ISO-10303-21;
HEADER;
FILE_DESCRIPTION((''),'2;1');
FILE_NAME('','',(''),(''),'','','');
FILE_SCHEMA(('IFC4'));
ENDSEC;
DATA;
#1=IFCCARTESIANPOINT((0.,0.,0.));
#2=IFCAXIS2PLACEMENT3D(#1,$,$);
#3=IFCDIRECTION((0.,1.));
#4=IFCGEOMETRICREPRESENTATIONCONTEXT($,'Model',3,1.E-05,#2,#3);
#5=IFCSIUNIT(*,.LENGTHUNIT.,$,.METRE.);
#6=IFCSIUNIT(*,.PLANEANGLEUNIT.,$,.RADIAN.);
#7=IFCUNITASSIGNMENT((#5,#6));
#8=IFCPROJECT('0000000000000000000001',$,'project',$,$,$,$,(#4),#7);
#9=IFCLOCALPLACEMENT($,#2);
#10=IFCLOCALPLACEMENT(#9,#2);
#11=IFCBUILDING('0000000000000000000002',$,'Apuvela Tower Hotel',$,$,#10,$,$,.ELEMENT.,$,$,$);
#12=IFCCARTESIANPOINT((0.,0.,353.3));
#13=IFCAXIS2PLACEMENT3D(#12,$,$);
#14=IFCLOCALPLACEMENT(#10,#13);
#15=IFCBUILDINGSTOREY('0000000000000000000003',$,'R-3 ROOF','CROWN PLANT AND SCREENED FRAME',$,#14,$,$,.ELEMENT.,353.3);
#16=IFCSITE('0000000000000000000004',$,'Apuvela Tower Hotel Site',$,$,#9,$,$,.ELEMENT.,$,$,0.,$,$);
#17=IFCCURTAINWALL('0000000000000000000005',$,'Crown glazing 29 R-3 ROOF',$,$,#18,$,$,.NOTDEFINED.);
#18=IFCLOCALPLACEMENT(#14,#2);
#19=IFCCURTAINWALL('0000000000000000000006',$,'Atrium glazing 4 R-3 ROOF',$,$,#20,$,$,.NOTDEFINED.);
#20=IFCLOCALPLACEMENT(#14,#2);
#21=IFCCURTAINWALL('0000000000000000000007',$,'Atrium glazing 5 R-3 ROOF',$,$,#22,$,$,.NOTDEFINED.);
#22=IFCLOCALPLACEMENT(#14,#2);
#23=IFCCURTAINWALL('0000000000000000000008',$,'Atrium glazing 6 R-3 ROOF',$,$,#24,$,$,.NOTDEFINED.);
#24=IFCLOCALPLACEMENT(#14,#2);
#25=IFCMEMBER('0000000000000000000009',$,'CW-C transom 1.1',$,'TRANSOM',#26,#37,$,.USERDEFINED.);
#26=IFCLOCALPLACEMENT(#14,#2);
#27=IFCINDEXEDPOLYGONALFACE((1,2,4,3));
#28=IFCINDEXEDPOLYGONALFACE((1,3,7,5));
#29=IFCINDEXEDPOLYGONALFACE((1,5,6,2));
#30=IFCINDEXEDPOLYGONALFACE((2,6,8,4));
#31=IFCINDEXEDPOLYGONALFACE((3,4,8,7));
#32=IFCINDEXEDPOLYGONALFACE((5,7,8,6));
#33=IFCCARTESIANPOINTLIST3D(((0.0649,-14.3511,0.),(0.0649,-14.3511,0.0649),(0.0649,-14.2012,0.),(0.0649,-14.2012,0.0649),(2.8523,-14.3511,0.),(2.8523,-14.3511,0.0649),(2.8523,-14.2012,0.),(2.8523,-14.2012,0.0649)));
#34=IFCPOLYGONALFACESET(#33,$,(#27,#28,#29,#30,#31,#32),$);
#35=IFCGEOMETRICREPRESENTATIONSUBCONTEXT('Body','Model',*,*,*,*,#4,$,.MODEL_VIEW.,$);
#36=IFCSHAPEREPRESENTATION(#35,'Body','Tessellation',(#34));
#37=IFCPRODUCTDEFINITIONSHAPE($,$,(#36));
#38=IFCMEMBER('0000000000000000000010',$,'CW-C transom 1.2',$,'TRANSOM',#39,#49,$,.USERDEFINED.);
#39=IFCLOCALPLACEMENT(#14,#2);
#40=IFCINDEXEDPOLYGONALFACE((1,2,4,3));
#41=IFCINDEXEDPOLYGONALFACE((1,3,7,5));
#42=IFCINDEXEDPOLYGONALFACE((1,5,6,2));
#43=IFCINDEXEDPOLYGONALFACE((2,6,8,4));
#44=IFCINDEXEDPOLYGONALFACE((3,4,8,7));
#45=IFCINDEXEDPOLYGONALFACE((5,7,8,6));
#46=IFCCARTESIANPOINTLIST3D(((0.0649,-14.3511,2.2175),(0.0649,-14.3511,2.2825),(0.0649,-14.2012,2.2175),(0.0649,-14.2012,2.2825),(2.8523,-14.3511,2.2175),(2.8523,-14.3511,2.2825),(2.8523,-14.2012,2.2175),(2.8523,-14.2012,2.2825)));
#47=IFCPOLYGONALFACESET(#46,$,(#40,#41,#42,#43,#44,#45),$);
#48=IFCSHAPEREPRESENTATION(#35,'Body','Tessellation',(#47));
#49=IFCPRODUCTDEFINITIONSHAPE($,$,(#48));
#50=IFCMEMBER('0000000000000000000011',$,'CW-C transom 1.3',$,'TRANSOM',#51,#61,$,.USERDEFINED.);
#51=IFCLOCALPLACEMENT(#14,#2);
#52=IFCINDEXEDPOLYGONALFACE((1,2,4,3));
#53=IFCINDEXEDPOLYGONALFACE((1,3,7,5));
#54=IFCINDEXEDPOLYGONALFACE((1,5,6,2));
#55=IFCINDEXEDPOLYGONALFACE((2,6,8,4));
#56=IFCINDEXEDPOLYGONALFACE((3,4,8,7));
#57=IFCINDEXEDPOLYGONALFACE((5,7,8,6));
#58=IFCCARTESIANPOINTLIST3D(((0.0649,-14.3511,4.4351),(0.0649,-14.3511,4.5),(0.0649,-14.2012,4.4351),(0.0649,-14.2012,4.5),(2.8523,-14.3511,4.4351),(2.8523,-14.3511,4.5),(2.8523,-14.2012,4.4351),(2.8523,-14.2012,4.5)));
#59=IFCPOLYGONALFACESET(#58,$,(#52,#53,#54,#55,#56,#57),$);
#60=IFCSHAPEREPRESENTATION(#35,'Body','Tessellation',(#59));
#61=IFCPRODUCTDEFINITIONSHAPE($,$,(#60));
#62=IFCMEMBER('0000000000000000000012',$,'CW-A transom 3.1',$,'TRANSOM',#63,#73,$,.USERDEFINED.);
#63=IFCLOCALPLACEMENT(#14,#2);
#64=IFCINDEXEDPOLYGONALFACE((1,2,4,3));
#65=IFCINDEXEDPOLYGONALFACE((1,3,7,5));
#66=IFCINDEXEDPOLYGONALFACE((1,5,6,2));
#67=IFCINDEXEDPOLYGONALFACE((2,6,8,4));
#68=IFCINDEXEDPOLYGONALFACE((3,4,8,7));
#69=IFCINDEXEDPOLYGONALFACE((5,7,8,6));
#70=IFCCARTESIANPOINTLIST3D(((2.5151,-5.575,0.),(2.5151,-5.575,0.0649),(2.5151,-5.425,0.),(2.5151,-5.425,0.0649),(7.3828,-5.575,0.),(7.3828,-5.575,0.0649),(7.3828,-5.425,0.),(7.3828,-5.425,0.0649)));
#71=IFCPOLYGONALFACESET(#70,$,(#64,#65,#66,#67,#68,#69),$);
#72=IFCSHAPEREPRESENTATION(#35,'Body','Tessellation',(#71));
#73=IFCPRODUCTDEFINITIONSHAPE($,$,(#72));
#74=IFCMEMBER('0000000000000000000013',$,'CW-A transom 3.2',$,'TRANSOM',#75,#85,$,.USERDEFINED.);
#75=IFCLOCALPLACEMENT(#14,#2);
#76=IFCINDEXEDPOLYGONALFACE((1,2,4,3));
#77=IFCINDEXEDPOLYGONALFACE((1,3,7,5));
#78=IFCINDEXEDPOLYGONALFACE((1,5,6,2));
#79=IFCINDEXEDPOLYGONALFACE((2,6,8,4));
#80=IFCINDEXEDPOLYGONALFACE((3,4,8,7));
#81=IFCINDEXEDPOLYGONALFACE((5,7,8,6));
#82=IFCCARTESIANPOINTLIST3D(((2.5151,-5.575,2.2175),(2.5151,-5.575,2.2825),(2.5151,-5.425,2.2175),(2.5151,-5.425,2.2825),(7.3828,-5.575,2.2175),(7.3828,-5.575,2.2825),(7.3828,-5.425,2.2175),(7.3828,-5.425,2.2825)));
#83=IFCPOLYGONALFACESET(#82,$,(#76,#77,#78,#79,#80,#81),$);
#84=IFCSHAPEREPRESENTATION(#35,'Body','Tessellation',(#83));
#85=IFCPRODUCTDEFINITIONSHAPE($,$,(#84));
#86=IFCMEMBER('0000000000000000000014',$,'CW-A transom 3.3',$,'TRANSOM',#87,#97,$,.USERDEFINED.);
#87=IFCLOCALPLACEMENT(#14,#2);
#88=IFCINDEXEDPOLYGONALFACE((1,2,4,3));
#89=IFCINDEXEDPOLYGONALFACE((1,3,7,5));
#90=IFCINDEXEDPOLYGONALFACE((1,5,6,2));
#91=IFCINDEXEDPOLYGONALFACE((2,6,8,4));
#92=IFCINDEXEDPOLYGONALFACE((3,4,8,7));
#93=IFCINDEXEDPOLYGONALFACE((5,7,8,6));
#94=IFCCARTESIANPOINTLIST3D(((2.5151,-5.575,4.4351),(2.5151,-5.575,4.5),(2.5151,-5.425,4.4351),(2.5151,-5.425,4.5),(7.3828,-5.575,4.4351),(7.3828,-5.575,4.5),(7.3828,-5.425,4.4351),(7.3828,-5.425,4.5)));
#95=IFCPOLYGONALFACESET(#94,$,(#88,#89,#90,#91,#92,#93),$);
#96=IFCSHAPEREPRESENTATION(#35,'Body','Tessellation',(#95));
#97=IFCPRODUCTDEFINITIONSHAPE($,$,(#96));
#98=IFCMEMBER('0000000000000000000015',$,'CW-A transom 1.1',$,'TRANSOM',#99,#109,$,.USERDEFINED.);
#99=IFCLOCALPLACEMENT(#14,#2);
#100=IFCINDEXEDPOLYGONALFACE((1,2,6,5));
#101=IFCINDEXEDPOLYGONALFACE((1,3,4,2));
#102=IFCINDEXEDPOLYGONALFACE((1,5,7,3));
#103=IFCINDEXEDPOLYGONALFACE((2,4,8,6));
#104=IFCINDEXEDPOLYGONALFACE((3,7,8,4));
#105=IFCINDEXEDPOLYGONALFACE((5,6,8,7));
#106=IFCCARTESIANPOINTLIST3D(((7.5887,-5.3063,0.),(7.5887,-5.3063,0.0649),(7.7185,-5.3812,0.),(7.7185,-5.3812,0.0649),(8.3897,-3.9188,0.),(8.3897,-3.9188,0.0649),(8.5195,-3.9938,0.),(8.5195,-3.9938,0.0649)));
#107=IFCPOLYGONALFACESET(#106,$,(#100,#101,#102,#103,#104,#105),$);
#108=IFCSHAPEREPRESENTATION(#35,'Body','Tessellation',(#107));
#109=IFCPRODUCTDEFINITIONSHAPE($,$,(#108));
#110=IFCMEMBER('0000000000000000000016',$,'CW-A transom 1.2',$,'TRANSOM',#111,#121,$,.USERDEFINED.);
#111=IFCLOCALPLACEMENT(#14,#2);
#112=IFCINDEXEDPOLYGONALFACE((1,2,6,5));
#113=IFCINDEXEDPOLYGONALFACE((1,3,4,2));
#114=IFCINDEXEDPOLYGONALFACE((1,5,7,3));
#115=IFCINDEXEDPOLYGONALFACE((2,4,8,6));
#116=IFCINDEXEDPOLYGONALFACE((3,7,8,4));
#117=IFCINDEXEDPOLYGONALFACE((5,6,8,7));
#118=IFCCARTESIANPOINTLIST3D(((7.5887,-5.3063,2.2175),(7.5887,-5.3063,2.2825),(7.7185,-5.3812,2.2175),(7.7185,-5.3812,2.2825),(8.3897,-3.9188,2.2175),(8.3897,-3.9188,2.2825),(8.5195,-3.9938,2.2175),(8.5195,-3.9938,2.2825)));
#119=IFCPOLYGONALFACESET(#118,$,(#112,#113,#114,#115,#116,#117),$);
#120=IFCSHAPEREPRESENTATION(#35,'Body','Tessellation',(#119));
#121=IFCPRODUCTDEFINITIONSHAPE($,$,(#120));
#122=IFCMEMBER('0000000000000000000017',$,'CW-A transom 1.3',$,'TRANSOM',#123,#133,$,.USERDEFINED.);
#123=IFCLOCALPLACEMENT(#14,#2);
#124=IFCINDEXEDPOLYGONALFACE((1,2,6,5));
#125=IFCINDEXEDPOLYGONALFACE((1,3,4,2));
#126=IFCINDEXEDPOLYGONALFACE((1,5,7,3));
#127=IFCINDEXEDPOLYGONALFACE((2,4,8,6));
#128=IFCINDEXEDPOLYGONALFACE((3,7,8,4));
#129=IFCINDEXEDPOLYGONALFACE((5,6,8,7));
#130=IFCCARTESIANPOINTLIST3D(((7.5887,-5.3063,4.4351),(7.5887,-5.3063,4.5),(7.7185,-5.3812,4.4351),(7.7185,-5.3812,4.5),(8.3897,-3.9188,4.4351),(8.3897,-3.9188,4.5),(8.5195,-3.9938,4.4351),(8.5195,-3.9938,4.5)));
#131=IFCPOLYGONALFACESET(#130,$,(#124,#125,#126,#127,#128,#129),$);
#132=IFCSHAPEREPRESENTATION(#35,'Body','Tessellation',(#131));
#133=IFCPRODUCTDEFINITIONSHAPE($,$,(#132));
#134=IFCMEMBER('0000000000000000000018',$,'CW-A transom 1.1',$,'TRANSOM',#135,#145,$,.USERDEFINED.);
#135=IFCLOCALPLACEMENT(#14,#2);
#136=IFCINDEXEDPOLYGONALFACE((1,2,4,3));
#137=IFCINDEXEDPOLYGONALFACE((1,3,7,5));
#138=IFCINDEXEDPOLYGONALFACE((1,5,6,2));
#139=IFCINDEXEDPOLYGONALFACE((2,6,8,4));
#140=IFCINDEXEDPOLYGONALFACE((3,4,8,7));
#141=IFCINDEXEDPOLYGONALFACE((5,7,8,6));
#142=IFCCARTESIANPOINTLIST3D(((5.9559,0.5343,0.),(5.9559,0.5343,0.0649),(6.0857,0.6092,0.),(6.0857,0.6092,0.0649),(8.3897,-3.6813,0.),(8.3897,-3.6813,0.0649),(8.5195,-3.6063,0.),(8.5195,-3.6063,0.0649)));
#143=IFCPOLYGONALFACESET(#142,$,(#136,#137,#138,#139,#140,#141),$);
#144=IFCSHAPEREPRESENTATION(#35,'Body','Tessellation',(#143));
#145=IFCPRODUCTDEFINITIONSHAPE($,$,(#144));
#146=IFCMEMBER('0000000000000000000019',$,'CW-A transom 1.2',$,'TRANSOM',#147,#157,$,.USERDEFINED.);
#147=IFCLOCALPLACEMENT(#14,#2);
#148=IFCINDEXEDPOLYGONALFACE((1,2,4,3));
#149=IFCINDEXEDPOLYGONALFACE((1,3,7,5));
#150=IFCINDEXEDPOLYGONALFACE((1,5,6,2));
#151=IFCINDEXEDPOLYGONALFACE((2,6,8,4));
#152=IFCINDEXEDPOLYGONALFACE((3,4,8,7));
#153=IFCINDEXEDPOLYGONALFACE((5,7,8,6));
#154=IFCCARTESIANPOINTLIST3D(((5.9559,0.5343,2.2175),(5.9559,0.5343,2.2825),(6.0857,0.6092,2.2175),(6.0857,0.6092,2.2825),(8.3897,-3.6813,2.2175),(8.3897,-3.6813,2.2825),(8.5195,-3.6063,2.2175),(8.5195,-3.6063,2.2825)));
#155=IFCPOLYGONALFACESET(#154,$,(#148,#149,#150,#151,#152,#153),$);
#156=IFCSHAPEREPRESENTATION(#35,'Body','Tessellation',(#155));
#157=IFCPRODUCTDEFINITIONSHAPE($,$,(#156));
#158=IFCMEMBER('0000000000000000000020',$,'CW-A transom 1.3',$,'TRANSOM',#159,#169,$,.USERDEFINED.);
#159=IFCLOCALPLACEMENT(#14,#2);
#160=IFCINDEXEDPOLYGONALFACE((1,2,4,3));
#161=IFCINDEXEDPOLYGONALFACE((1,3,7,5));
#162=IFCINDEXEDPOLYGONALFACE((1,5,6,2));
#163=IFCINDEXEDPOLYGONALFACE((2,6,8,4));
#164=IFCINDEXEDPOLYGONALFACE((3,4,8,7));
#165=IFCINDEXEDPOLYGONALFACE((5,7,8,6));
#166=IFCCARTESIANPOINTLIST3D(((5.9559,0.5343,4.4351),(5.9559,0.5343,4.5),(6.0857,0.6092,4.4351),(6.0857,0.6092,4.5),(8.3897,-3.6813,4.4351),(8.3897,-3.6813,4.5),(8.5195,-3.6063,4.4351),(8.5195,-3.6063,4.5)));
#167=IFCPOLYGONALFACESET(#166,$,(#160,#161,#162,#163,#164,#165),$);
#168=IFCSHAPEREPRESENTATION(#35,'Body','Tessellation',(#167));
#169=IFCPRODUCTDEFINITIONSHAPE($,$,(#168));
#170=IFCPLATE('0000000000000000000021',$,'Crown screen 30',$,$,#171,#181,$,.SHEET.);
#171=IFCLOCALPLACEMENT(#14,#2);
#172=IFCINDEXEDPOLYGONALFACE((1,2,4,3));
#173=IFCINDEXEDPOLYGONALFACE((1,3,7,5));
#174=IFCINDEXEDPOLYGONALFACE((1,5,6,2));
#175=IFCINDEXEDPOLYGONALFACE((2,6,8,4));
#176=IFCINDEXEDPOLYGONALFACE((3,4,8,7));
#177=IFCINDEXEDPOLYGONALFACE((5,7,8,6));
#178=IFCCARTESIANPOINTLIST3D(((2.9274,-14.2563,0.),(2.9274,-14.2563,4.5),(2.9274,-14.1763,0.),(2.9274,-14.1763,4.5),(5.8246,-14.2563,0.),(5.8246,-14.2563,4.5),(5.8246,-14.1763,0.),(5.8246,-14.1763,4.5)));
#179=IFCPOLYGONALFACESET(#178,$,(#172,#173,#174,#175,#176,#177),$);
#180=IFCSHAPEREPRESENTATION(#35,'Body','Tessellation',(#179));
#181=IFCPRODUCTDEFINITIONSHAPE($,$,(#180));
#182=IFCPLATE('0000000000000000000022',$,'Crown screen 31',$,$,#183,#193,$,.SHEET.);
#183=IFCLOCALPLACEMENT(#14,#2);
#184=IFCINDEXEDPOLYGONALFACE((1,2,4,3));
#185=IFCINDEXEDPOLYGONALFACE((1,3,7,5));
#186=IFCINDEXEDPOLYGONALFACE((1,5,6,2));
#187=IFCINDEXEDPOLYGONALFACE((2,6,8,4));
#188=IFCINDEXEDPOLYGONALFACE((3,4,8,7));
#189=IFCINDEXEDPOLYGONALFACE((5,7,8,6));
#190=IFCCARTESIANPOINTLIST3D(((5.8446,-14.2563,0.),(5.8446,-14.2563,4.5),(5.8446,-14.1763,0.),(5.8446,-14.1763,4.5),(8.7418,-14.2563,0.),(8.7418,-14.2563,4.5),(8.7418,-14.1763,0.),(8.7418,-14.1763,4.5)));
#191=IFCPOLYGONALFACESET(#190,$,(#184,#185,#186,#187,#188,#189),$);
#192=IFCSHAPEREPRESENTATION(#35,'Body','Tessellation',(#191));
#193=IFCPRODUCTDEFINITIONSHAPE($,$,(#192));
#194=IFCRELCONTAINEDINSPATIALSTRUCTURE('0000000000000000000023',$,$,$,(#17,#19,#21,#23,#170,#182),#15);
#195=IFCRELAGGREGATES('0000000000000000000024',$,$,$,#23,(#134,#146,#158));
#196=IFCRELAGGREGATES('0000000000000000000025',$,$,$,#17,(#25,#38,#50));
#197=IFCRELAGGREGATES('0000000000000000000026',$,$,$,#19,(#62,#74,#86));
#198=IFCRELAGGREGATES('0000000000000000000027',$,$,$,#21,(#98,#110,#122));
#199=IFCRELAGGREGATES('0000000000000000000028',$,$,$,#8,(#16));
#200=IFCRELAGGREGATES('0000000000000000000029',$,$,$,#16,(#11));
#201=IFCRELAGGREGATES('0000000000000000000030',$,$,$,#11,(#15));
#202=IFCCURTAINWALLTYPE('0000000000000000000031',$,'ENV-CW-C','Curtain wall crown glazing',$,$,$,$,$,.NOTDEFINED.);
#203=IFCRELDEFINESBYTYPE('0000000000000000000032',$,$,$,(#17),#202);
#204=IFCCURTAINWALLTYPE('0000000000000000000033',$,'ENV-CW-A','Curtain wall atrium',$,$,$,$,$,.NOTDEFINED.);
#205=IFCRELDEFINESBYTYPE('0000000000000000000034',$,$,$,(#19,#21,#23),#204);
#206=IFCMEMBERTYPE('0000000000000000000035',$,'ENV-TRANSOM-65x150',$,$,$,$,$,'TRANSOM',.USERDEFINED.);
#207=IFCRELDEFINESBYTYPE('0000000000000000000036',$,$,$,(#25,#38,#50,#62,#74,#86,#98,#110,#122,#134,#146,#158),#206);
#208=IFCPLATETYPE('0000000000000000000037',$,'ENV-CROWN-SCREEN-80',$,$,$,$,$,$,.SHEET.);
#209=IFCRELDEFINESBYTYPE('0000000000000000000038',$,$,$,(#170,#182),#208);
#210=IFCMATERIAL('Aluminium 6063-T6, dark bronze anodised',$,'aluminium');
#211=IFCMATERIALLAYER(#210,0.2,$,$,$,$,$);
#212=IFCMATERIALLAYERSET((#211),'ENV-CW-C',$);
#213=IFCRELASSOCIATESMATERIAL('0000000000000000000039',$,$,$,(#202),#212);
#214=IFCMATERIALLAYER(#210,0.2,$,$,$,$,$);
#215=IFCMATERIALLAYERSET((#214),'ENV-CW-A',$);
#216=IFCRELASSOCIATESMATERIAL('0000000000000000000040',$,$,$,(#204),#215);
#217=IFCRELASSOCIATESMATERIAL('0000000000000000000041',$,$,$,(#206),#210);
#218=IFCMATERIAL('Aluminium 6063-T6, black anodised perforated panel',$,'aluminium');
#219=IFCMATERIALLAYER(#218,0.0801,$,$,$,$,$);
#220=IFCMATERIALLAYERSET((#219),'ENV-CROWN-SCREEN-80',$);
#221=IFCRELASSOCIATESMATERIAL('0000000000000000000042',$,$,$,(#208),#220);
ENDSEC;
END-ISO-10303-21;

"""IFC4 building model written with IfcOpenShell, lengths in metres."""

from ifc_helpers import new_model, si_unit, direction, frame, origin, origin_2d, place, context, subcontext, project, spatial, rectangle, extrude, material, layer, layer_set, material_profile, profile_set, type_object, element, aggregate, save


model = new_model("IFC4")

# Units and contexts
model_context = context("Model", 3, precision=1e-05, world=origin(), true_north=direction((0.0, 1.0)))
body_context = subcontext(model_context, "Body", "Model", "MODEL_VIEW")
ifc_project = project(units=[si_unit("LENGTHUNIT", "METRE"), si_unit("PLANEANGLEUNIT", "RADIAN")], contexts=[model_context])

# Site, building, storey
site_placement = place(None, origin())
site = spatial("IfcSite", under=ifc_project, at=site_placement, Name="Apuvela Tower Hotel Site", CompositionType="ELEMENT", RefElevation=0.0)
building_placement = place(site_placement, origin())
building = spatial("IfcBuilding", under=site, at=building_placement, Name="Apuvela Tower Hotel", CompositionType="ELEMENT")
storey_placement = place(building_placement, frame((0.0, 0.0, 353.3)))
storey = spatial("IfcBuildingStorey", under=building, at=storey_placement, Name="R-3 ROOF", Description="CROWN PLANT AND SCREENED FRAME", CompositionType="ELEMENT", Elevation=353.3)

# Curtain walls
ifc_material_1 = material(Name="Aluminium 6063-T6, dark bronze anodised", Category="aluminium")
ifc_layer_1 = layer(ifc_material_1, 0.2)
ifc_layer_set_1 = layer_set([ifc_layer_1], Name="ENV-CW-C")
curtain_wall_type_1 = type_object("IfcCurtainWallType", Name="ENV-CW-C", Description="Curtain wall crown glazing", PredefinedType="NOTDEFINED", material=ifc_layer_set_1)
curtain_wall_1_placement = place(storey_placement, origin())
curtain_wall_1 = element("IfcCurtainWall", 1, at=curtain_wall_1_placement, inside=storey, type_object=curtain_wall_type_1, Name="Crown glazing 29 R-3 ROOF", PredefinedType="NOTDEFINED")
ifc_layer_2 = layer(ifc_material_1, 0.2)
ifc_layer_set_2 = layer_set([ifc_layer_2], Name="ENV-CW-A")
curtain_wall_type_2 = type_object("IfcCurtainWallType", Name="ENV-CW-A", Description="Curtain wall atrium", PredefinedType="NOTDEFINED", material=ifc_layer_set_2)
curtain_wall_2_placement = place(storey_placement, origin())
curtain_wall_2 = element("IfcCurtainWall", 2, at=curtain_wall_2_placement, inside=storey, type_object=curtain_wall_type_2, Name="Atrium glazing 4 R-3 ROOF", PredefinedType="NOTDEFINED")
curtain_wall_3_placement = place(storey_placement, origin())
curtain_wall_3 = element("IfcCurtainWall", 3, at=curtain_wall_3_placement, inside=storey, type_object=curtain_wall_type_2, Name="Atrium glazing 5 R-3 ROOF", PredefinedType="NOTDEFINED")

# Curtain wall
curtain_wall_4_placement = place(storey_placement, origin())
curtain_wall_4 = element("IfcCurtainWall", 4, at=curtain_wall_4_placement, inside=storey, type_object=curtain_wall_type_2, Name="Atrium glazing 6 R-3 ROOF", PredefinedType="NOTDEFINED")

# Members
ifc_material_profile_1 = material_profile(ifc_material_1, rectangle(XDim=0.1499, YDim=0.0649, at=origin_2d()), Name="AL 65x150 transom")
ifc_profile_set_1 = profile_set([ifc_material_profile_1], Name="Aluminium 6063-T6, dark bronze anodised")
member_type_1 = type_object("IfcMemberType", Name="ENV-TRANSOM-65x150", ElementType="TRANSOM", PredefinedType="USERDEFINED", material=ifc_profile_set_1)
member_1_placement = place(storey_placement, frame((0.0649, -14.2761, 0.0325), z_axis=(1.0, 0.0, 0.0), x_axis=(0.0, 1.0, 0.0)))
member_1 = element("IfcMember", 5, at=member_1_placement, type_object=member_type_1, Name="CW-C transom 1.1", ObjectType="TRANSOM", PredefinedType="USERDEFINED", context=body_context, shape_type="SweptSolid", body=[
    extrude(rectangle(XDim=0.1499, YDim=0.0649, at=origin_2d()), origin(), (0.0, 0.0, 1.0), 2.7874),
])
member_2_placement = place(storey_placement, frame((0.0649, -14.2761, 2.25), z_axis=(1.0, 0.0, 0.0), x_axis=(0.0, 1.0, 0.0)))
member_2 = element("IfcMember", 6, at=member_2_placement, type_object=member_type_1, Name="CW-C transom 1.2", ObjectType="TRANSOM", PredefinedType="USERDEFINED", context=body_context, shape_type="SweptSolid", body=[
    extrude(rectangle(XDim=0.1499, YDim=0.0649, at=origin_2d()), origin(), (0.0, 0.0, 1.0), 2.7874),
])
member_3_placement = place(storey_placement, frame((0.0649, -14.2761, 4.4675), z_axis=(1.0, 0.0, 0.0), x_axis=(0.0, 1.0, 0.0)))
member_3 = element("IfcMember", 7, at=member_3_placement, type_object=member_type_1, Name="CW-C transom 1.3", ObjectType="TRANSOM", PredefinedType="USERDEFINED", context=body_context, shape_type="SweptSolid", body=[
    extrude(rectangle(XDim=0.1499, YDim=0.0649, at=origin_2d()), origin(), (0.0, 0.0, 1.0), 2.7874),
])
member_4_placement = place(storey_placement, frame((2.5151, -5.5, 0.0325), z_axis=(1.0, 0.0, 0.0), x_axis=(0.0, 1.0, 0.0)))
member_4 = element("IfcMember", 8, at=member_4_placement, type_object=member_type_1, Name="CW-A transom 3.1", ObjectType="TRANSOM", PredefinedType="USERDEFINED", context=body_context, shape_type="SweptSolid", body=[
    extrude(rectangle(XDim=0.1499, YDim=0.0649, at=origin_2d()), origin(), (0.0, 0.0, 1.0), 4.8677),
])
member_5_placement = place(storey_placement, frame((2.5151, -5.5, 2.25), z_axis=(1.0, 0.0, 0.0), x_axis=(0.0, 1.0, 0.0)))
member_5 = element("IfcMember", 9, at=member_5_placement, type_object=member_type_1, Name="CW-A transom 3.2", ObjectType="TRANSOM", PredefinedType="USERDEFINED", context=body_context, shape_type="SweptSolid", body=[
    extrude(rectangle(XDim=0.1499, YDim=0.0649, at=origin_2d()), origin(), (0.0, 0.0, 1.0), 4.8677),
])
member_6_placement = place(storey_placement, frame((2.5151, -5.5, 4.4675), z_axis=(1.0, 0.0, 0.0), x_axis=(0.0, 1.0, 0.0)))
member_6 = element("IfcMember", 10, at=member_6_placement, type_object=member_type_1, Name="CW-A transom 3.3", ObjectType="TRANSOM", PredefinedType="USERDEFINED", context=body_context, shape_type="SweptSolid", body=[
    extrude(rectangle(XDim=0.1499, YDim=0.0649, at=origin_2d()), origin(), (0.0, 0.0, 1.0), 4.8677),
])
member_7_placement = place(storey_placement, frame((7.6536, -5.3438, 0.0325), z_axis=(0.499991, 0.866031, 0.0), x_axis=(-0.866031, 0.499991, 0.0)))
member_7 = element("IfcMember", 11, at=member_7_placement, type_object=member_type_1, Name="CW-A transom 1.1", ObjectType="TRANSOM", PredefinedType="USERDEFINED", context=body_context, shape_type="SweptSolid", body=[
    extrude(rectangle(XDim=0.1499, YDim=0.0649, at=origin_2d()), origin(), (0.0, 0.0, 1.0), 1.6021),
])
member_8_placement = place(storey_placement, frame((7.6536, -5.3438, 2.25), z_axis=(0.499991, 0.866031, 0.0), x_axis=(-0.866031, 0.499991, 0.0)))
member_8 = element("IfcMember", 12, at=member_8_placement, type_object=member_type_1, Name="CW-A transom 1.2", ObjectType="TRANSOM", PredefinedType="USERDEFINED", context=body_context, shape_type="SweptSolid", body=[
    extrude(rectangle(XDim=0.1499, YDim=0.0649, at=origin_2d()), origin(), (0.0, 0.0, 1.0), 1.6021),
])
member_9_placement = place(storey_placement, frame((7.6536, -5.3438, 4.4675), z_axis=(0.499991, 0.866031, 0.0), x_axis=(-0.866031, 0.499991, 0.0)))
member_9 = element("IfcMember", 13, at=member_9_placement, type_object=member_type_1, Name="CW-A transom 1.3", ObjectType="TRANSOM", PredefinedType="USERDEFINED", context=body_context, shape_type="SweptSolid", body=[
    extrude(rectangle(XDim=0.1499, YDim=0.0649, at=origin_2d()), origin(), (0.0, 0.0, 1.0), 1.6021),
])
member_10_placement = place(storey_placement, frame((8.4546, -3.6438, 0.0325), z_axis=(-0.499996, 0.866028, 0.0), x_axis=(-0.866028, -0.499996, 0.0)))
member_10 = element("IfcMember", 14, at=member_10_placement, type_object=member_type_1, Name="CW-A transom 1.1", ObjectType="TRANSOM", PredefinedType="USERDEFINED", context=body_context, shape_type="SweptSolid", body=[
    extrude(rectangle(XDim=0.1499, YDim=0.0649, at=origin_2d()), origin(), (0.0, 0.0, 1.0), 4.8677),
])
member_11_placement = place(storey_placement, frame((8.4546, -3.6438, 2.25), z_axis=(-0.499996, 0.866028, 0.0), x_axis=(-0.866028, -0.499996, 0.0)))
member_11 = element("IfcMember", 15, at=member_11_placement, type_object=member_type_1, Name="CW-A transom 1.2", ObjectType="TRANSOM", PredefinedType="USERDEFINED", context=body_context, shape_type="SweptSolid", body=[
    extrude(rectangle(XDim=0.1499, YDim=0.0649, at=origin_2d()), origin(), (0.0, 0.0, 1.0), 4.8677),
])
member_12_placement = place(storey_placement, frame((8.4546, -3.6438, 4.4675), z_axis=(-0.499996, 0.866028, 0.0), x_axis=(-0.866028, -0.499996, 0.0)))
member_12 = element("IfcMember", 16, at=member_12_placement, type_object=member_type_1, Name="CW-A transom 1.3", ObjectType="TRANSOM", PredefinedType="USERDEFINED", context=body_context, shape_type="SweptSolid", body=[
    extrude(rectangle(XDim=0.1499, YDim=0.0649, at=origin_2d()), origin(), (0.0, 0.0, 1.0), 4.8677),
])
aggregate(curtain_wall_4, [member_10, member_11, member_12])

# Plates
ifc_material_2 = material(Name="Aluminium 6063-T6, black anodised perforated panel", Category="aluminium")
ifc_layer_3 = layer(ifc_material_2, 0.0801)
ifc_layer_set_3 = layer_set([ifc_layer_3], Name="ENV-CROWN-SCREEN-80")
plate_type_1 = type_object("IfcPlateType", Name="ENV-CROWN-SCREEN-80", PredefinedType="SHEET", material=ifc_layer_set_3)
for number, where, z_axis, x_axis, name in (
    (17, (4.376, -14.2163, 0.0), (0.0, 0.0, 1.0), (1.0, 0.0, 0.0), "Crown screen 30"),
    (18, (7.2932, -14.2163, 0.0), (0.0, 0.0, 1.0), (1.0, 0.0, 0.0), "Crown screen 31"),
):
    element("IfcPlate", number, at=place(storey_placement, frame(where, z_axis=z_axis, x_axis=x_axis)), inside=storey, type_object=plate_type_1, Name=name, PredefinedType="SHEET", context=body_context, shape_type="SweptSolid", body=[
        extrude(rectangle(XDim=2.8972, YDim=0.0801, at=origin_2d()), origin(), (0.0, 0.0, 1.0), 4.5),
    ])

aggregate(curtain_wall_1, [member_1, member_2, member_3])
aggregate(curtain_wall_2, [member_4, member_5, member_6])
aggregate(curtain_wall_3, [member_7, member_8, member_9])

save(model, "model.ifc")
